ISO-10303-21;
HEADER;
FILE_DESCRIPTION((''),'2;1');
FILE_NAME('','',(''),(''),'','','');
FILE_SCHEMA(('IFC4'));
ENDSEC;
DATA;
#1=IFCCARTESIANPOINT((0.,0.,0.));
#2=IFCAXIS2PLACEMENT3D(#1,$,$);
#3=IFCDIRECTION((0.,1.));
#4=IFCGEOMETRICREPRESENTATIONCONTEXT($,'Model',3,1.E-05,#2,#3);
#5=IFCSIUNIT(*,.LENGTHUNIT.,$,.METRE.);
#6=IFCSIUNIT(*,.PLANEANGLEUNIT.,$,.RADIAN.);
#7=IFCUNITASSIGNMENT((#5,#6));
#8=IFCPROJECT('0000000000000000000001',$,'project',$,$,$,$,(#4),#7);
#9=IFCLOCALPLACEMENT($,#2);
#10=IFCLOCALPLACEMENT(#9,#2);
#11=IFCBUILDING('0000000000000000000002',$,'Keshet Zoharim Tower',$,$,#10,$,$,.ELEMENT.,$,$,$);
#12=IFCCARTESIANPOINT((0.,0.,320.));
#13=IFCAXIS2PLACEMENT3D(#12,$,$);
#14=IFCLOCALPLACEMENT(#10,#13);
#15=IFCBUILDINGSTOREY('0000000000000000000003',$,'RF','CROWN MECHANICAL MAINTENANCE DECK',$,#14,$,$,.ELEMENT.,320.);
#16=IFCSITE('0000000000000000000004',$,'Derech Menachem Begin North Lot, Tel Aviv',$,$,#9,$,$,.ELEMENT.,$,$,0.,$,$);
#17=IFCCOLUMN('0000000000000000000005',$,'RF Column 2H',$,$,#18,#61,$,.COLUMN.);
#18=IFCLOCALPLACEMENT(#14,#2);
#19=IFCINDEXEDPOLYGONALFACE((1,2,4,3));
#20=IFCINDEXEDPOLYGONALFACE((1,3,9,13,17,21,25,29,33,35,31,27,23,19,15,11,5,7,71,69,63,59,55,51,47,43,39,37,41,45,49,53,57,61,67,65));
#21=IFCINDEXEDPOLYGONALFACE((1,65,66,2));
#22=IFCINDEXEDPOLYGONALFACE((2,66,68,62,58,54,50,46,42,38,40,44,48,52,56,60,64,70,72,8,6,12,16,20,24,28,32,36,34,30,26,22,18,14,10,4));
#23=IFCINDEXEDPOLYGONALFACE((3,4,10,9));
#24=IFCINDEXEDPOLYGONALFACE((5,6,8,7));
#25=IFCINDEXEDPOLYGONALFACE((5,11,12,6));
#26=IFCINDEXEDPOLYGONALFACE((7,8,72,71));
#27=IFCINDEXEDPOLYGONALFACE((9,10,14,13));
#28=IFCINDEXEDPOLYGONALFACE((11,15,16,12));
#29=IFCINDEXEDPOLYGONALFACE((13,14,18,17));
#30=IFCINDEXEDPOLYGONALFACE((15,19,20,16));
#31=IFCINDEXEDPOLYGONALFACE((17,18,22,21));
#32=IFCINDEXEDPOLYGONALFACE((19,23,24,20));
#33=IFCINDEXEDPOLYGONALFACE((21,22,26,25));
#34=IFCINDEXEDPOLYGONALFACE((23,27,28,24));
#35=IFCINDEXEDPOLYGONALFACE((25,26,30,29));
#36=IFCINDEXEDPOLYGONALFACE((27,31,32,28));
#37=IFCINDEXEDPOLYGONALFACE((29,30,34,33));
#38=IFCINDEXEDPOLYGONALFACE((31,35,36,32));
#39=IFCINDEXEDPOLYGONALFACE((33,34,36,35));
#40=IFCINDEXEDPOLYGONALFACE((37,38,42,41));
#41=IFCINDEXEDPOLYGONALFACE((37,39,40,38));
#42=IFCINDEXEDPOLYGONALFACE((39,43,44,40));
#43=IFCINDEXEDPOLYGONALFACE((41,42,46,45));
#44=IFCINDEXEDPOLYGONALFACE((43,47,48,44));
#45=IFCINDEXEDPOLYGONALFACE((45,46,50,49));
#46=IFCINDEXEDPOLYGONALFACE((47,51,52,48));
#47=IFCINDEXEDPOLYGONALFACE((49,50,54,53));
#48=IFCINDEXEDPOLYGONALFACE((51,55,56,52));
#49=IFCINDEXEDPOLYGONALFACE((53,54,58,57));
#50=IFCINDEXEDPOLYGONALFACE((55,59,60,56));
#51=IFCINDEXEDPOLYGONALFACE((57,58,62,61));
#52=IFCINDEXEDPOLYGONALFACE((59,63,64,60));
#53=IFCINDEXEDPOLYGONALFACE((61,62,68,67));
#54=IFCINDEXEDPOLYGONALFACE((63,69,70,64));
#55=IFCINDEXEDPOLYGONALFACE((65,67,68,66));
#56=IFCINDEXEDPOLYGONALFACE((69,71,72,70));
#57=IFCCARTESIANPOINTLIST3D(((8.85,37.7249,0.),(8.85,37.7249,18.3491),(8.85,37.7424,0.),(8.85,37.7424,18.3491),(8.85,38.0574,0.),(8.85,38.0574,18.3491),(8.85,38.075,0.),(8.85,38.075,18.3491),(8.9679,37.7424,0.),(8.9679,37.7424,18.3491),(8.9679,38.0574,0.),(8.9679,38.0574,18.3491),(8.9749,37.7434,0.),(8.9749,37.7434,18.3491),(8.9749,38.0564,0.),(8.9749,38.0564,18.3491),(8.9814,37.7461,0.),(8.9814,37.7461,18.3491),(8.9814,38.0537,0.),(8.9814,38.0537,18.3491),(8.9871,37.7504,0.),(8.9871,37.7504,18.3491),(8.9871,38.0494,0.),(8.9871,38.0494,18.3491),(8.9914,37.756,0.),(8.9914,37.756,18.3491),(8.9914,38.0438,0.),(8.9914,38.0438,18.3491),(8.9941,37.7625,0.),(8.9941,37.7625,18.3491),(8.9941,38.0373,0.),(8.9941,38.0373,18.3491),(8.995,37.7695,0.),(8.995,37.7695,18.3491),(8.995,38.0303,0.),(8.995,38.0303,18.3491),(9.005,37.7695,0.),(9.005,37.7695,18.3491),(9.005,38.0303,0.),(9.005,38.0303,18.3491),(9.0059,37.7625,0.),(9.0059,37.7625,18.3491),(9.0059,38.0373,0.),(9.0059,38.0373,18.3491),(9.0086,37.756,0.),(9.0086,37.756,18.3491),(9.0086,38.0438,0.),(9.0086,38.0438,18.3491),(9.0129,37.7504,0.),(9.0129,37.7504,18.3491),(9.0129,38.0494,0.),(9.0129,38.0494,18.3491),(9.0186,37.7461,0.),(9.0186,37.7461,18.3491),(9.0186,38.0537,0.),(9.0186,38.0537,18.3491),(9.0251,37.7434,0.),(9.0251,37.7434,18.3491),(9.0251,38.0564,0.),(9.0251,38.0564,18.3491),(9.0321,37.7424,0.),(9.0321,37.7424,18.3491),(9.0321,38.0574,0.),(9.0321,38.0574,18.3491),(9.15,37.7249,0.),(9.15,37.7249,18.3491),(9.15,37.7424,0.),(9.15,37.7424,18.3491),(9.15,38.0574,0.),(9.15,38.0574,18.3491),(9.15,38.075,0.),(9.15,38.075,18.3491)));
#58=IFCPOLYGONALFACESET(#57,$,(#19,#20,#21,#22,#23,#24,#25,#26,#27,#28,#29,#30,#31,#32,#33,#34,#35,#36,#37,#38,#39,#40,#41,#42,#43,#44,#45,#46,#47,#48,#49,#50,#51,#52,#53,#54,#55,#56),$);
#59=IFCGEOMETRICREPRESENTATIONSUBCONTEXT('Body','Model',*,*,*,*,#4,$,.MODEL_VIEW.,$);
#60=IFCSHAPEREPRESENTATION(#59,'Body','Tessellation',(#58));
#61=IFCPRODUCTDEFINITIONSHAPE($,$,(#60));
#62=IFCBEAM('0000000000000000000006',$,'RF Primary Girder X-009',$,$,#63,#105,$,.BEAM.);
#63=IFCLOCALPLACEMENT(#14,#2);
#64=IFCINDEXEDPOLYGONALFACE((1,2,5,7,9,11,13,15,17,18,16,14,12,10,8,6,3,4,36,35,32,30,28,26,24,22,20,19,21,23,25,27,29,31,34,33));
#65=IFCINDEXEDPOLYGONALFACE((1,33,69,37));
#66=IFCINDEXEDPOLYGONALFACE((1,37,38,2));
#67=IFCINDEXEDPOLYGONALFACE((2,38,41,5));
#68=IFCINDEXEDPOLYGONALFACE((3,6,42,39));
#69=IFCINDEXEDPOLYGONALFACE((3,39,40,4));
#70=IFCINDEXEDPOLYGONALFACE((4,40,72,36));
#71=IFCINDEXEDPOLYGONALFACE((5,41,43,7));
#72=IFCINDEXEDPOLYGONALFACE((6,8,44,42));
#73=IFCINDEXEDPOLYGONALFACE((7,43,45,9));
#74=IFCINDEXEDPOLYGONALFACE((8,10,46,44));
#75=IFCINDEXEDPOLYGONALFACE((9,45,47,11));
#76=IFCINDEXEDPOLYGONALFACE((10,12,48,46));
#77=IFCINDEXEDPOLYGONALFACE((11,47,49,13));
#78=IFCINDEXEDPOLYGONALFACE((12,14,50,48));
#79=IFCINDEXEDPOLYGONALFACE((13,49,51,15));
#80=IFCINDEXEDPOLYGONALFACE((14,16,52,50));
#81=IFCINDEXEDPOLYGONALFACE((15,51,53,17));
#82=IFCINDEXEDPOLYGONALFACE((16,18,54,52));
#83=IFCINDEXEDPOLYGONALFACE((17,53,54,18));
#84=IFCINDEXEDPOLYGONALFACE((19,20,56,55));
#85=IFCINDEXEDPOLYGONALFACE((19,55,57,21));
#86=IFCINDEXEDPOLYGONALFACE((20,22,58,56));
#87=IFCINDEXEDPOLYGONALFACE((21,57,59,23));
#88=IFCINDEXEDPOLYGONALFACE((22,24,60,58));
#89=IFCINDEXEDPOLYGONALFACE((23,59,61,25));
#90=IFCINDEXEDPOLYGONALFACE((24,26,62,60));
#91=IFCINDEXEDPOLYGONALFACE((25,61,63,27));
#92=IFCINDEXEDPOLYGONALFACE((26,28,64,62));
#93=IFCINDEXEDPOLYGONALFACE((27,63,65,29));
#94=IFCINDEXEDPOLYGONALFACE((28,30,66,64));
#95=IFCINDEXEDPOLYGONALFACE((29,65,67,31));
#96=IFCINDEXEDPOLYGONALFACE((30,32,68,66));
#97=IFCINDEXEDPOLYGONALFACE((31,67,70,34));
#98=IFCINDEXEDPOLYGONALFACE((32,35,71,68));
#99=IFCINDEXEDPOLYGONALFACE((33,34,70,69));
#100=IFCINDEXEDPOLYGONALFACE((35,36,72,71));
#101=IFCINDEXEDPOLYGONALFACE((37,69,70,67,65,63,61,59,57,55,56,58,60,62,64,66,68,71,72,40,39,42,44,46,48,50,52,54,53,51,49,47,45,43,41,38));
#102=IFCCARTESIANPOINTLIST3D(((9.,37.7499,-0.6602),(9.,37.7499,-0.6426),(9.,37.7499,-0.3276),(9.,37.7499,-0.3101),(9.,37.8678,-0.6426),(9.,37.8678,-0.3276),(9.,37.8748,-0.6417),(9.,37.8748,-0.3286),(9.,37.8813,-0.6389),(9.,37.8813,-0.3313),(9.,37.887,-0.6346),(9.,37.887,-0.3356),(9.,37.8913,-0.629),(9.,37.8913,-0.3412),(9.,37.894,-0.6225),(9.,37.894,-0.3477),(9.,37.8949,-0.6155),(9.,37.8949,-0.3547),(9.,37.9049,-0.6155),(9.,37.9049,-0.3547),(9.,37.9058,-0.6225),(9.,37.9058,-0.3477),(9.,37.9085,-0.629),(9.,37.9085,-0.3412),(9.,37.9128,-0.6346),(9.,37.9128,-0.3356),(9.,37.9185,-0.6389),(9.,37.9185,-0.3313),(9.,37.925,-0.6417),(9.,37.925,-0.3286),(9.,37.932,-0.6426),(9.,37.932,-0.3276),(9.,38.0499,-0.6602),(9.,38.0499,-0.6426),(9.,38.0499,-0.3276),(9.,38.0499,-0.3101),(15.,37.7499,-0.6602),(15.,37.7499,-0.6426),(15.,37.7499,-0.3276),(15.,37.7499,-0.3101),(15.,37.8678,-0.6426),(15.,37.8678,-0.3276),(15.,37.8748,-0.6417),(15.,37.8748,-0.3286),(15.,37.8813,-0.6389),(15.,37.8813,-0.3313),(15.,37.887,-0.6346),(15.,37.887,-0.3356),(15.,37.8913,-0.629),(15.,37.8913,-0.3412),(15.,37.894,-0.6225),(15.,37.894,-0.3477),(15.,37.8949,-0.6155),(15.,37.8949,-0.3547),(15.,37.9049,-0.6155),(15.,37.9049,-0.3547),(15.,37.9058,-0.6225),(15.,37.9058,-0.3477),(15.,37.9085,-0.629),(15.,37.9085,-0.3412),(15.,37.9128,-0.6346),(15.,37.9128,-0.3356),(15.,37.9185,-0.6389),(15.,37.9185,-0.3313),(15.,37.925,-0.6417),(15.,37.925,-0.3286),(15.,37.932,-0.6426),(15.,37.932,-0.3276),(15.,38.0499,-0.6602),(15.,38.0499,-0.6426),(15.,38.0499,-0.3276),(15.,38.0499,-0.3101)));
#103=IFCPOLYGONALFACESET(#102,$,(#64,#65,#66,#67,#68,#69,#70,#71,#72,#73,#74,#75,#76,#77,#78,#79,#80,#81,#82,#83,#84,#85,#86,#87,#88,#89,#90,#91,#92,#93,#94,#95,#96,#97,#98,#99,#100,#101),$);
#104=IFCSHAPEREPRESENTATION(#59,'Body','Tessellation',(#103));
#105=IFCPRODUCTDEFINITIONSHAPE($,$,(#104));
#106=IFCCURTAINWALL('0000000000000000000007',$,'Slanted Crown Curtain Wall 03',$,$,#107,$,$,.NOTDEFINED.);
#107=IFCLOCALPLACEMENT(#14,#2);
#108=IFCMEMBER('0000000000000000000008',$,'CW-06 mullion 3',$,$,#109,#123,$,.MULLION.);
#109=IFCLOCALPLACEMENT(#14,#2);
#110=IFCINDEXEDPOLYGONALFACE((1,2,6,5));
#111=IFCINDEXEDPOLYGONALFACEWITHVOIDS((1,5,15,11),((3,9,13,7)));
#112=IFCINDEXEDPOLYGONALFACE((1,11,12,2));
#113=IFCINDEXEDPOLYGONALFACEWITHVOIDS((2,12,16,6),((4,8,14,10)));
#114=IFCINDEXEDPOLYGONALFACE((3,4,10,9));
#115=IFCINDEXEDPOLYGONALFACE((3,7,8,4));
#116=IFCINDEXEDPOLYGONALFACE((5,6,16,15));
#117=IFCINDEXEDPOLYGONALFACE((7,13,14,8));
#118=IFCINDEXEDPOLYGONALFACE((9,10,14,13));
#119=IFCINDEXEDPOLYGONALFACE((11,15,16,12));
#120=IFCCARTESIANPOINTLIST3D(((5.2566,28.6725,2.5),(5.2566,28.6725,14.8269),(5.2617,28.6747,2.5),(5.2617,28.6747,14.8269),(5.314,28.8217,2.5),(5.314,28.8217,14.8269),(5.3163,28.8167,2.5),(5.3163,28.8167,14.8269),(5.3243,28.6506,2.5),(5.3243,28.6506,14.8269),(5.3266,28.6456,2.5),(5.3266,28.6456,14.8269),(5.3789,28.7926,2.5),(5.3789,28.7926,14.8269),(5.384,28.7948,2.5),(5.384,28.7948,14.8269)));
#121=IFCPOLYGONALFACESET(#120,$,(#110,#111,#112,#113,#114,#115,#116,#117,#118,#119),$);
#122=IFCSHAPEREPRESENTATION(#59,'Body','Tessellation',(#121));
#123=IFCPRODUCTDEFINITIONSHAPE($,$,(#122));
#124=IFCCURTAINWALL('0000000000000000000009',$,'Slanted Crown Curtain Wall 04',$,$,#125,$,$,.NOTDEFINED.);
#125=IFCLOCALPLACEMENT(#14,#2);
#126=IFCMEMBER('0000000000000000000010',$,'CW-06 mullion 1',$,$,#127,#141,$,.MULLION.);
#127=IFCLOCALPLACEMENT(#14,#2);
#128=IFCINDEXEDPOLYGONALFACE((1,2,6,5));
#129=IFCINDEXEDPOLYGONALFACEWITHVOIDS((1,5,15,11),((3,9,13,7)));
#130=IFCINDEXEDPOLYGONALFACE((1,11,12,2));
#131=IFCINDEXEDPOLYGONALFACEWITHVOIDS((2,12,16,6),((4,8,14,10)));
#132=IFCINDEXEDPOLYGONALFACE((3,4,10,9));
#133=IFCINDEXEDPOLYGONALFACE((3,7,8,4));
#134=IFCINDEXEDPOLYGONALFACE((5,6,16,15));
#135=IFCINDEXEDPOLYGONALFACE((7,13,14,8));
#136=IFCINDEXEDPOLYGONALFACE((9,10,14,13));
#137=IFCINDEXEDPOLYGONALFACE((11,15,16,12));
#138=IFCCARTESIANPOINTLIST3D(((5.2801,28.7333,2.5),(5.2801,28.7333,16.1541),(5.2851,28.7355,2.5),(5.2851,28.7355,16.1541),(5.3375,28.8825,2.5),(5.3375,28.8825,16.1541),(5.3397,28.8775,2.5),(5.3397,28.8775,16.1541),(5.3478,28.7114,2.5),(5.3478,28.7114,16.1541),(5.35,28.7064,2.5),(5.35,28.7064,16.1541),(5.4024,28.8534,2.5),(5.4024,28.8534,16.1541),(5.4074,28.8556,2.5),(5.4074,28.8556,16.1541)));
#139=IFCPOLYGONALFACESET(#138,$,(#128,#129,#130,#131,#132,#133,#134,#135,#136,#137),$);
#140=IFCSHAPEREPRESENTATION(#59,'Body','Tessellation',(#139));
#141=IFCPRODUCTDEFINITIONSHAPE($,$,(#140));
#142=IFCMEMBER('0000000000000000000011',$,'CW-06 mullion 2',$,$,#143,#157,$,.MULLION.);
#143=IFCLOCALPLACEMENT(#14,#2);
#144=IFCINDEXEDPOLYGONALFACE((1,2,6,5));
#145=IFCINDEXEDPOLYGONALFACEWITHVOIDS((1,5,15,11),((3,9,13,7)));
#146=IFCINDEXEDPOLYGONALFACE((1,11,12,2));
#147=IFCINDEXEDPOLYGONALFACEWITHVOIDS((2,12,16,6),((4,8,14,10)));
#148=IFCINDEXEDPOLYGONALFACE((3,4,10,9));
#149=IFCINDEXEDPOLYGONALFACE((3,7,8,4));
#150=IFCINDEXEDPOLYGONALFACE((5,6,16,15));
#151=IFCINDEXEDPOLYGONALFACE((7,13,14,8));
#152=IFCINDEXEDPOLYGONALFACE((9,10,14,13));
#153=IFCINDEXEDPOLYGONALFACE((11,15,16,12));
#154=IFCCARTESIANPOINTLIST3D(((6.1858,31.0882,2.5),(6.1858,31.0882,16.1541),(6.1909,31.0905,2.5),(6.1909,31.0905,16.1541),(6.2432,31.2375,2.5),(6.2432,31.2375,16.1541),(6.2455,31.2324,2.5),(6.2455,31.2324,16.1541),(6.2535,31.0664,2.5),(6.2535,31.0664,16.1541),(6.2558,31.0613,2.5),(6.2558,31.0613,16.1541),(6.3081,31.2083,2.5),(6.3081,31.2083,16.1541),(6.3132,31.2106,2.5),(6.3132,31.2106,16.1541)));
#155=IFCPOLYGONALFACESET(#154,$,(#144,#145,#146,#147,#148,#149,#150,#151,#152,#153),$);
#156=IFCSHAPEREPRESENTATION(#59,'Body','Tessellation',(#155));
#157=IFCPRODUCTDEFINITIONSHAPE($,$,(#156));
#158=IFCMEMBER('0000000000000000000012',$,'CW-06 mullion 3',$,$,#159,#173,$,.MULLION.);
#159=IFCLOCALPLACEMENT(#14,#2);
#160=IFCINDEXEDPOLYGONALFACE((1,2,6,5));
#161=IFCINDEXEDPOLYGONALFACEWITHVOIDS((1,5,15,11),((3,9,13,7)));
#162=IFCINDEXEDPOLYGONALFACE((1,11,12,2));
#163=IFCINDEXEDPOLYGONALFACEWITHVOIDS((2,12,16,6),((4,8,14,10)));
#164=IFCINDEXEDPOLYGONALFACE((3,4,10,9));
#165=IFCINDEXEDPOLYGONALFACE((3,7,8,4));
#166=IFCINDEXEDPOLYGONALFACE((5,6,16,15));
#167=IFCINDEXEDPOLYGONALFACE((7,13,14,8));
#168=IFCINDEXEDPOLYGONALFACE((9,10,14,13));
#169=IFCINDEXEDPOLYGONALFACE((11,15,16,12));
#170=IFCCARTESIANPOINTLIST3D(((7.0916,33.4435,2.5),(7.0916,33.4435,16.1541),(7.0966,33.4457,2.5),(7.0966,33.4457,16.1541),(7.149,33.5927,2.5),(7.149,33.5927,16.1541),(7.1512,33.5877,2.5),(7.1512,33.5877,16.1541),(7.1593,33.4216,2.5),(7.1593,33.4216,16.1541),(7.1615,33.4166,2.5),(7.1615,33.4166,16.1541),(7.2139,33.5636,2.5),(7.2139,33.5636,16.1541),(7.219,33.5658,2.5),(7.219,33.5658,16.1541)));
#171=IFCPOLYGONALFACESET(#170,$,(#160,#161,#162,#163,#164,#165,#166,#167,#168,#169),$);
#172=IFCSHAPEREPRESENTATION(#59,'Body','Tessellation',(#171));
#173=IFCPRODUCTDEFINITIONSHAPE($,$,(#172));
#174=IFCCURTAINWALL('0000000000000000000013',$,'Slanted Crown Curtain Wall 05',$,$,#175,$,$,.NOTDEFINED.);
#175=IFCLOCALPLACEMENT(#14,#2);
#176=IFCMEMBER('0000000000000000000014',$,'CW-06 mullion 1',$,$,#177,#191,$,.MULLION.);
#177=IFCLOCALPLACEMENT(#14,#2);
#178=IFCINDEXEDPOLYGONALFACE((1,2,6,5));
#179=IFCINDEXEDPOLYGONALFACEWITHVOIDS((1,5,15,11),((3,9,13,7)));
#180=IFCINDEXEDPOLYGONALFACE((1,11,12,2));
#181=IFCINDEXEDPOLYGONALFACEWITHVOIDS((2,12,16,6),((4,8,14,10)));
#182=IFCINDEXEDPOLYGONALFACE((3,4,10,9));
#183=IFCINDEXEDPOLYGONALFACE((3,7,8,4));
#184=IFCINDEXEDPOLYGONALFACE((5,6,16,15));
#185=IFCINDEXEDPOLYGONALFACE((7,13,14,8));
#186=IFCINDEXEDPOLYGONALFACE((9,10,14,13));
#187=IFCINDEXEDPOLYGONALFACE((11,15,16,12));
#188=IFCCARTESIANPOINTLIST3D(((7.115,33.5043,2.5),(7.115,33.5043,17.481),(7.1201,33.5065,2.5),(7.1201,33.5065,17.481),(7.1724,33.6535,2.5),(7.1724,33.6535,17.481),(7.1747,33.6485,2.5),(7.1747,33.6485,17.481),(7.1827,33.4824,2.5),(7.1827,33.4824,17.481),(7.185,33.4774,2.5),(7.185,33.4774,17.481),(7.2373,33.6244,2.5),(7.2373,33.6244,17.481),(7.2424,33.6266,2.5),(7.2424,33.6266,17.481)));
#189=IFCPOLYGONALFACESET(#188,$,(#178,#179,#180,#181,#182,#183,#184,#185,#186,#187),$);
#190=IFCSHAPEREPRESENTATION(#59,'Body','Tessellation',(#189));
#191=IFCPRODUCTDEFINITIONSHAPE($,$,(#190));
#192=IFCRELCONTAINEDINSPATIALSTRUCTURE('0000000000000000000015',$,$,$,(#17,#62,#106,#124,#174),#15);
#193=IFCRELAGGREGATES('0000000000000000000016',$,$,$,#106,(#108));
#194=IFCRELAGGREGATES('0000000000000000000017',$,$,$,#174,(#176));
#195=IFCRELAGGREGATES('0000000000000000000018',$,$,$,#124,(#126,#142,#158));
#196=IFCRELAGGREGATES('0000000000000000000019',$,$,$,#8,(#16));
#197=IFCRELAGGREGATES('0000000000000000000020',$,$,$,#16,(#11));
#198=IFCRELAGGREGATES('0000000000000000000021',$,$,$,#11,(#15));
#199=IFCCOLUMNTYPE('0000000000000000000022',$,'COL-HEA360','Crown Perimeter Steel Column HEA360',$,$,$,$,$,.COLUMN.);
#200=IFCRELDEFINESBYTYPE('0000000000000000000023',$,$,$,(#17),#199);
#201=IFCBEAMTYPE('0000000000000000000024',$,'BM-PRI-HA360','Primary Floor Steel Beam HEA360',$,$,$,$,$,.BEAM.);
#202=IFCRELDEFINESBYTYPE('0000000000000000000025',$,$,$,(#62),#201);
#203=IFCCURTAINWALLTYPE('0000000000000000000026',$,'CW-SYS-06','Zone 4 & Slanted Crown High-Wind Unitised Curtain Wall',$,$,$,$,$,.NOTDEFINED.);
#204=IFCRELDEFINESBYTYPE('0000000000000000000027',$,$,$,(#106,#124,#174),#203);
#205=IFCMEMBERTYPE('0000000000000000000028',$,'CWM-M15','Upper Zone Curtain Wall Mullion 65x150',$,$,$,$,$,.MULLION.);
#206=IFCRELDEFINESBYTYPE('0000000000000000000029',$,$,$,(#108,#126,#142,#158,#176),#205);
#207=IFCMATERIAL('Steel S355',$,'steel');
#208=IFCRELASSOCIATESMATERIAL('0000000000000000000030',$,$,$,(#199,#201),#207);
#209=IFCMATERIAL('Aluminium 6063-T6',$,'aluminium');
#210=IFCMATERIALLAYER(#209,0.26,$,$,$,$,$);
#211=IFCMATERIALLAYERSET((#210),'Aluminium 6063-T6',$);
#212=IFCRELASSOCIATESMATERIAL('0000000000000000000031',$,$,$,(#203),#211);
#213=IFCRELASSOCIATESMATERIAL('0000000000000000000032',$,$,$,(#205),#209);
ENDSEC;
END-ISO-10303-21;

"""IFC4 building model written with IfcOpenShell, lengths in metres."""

from ifc_helpers import new_model, si_unit, direction, frame, origin, origin_2d, place, context, subcontext, project, spatial, hollow_rectangle, i_section, extrude, material, layer, layer_set, material_profile, profile_set, type_object, element, aggregate, save


model = new_model("IFC4")

# Units and contexts
model_context = context("Model", 3, precision=1e-05, world=origin(), true_north=direction((0.0, 1.0)))
body_context = subcontext(model_context, "Body", "Model", "MODEL_VIEW")
ifc_project = project(units=[si_unit("LENGTHUNIT", "METRE"), si_unit("PLANEANGLEUNIT", "RADIAN")], contexts=[model_context])

# Site, building, storey
site_placement = place(None, origin())
site = spatial("IfcSite", under=ifc_project, at=site_placement, Name="Derech Menachem Begin North Lot, Tel Aviv", CompositionType="ELEMENT", RefElevation=0.0)
building_placement = place(site_placement, origin())
building = spatial("IfcBuilding", under=site, at=building_placement, Name="Keshet Zoharim Tower", CompositionType="ELEMENT")
storey_placement = place(building_placement, frame((0.0, 0.0, 320.0)))
storey = spatial("IfcBuildingStorey", under=building, at=storey_placement, Name="RF", Description="CROWN MECHANICAL MAINTENANCE DECK", CompositionType="ELEMENT", Elevation=320.0)

# Column
ifc_material_1 = material(Name="Steel S355", Category="steel")
ifc_material_profile_1 = material_profile(ifc_material_1, i_section(OverallWidth=0.3, OverallDepth=0.3501, WebThickness=0.01, FlangeThickness=0.0176, FilletRadius=0.0271, at=origin_2d()), Name="HEA360")
ifc_profile_set_1 = profile_set([ifc_material_profile_1], Name="Steel S355")
column_type = type_object("IfcColumnType", Name="COL-HEA360", Description="Crown Perimeter Steel Column HEA360", PredefinedType="COLUMN", material=ifc_profile_set_1)
column_placement = place(storey_placement, frame((9.0, 37.8999, 0.0), z_axis=(0.0, 0.0, 1.0), x_axis=(1.0, 0.0, 0.0)))
element("IfcColumn", 1, at=column_placement, inside=storey, type_object=column_type, Name="RF Column 2H", PredefinedType="COLUMN", context=body_context, shape_type="SweptSolid", body=[
    extrude(i_section(OverallWidth=0.3, OverallDepth=0.3501, WebThickness=0.01, FlangeThickness=0.0176, FilletRadius=0.0271, at=origin_2d()), origin(), (0.0, 0.0, 1.0), 18.3491),
])

# Beam
ifc_material_profile_2 = material_profile(ifc_material_1, i_section(OverallWidth=0.3, OverallDepth=0.3501, WebThickness=0.01, FlangeThickness=0.0176, FilletRadius=0.0271, at=origin_2d()), Name="HEA360")
ifc_profile_set_2 = profile_set([ifc_material_profile_2], Name="Steel S355")
beam_type = type_object("IfcBeamType", Name="BM-PRI-HA360", Description="Primary Floor Steel Beam HEA360", PredefinedType="BEAM", material=ifc_profile_set_2)
beam_placement = place(storey_placement, frame((9.0, 37.8999, -0.4851), z_axis=(1.0, 0.0, 0.0), x_axis=(0.0, 1.0, 0.0)))
element("IfcBeam", 2, at=beam_placement, inside=storey, type_object=beam_type, Name="RF Primary Girder X-009", PredefinedType="BEAM", context=body_context, shape_type="SweptSolid", body=[
    extrude(i_section(OverallWidth=0.3, OverallDepth=0.3501, WebThickness=0.01, FlangeThickness=0.0176, FilletRadius=0.0271, at=origin_2d()), origin(), (0.0, 0.0, 1.0), 6.0),
])

# Curtain wall, member
ifc_material_2 = material(Name="Aluminium 6063-T6", Category="aluminium")
ifc_layer_1 = layer(ifc_material_2, 0.26)
ifc_layer_set_1 = layer_set([ifc_layer_1], Name="Aluminium 6063-T6")
curtain_wall_type = type_object("IfcCurtainWallType", Name="CW-SYS-06", Description="Zone 4 & Slanted Crown High-Wind Unitised Curtain Wall", PredefinedType="NOTDEFINED", material=ifc_layer_set_1)
curtain_wall_1_placement = place(storey_placement, origin())
curtain_wall_1 = element("IfcCurtainWall", 3, at=curtain_wall_1_placement, inside=storey, type_object=curtain_wall_type, Name="Slanted Crown Curtain Wall 03", PredefinedType="NOTDEFINED")
ifc_material_profile_3 = material_profile(ifc_material_2, hollow_rectangle(XDim=0.075, YDim=0.1599, WallThickness=0.0039, at=origin_2d()), Name="MUL-75x160")
ifc_profile_set_3 = profile_set([ifc_material_profile_3], Name="Aluminium 6063-T6")
member_type_1 = type_object("IfcMemberType", Name="CWM-M15", Description="Upper Zone Curtain Wall Mullion 65x150", PredefinedType="MULLION", material=ifc_profile_set_3)
member_1_placement = place(storey_placement, frame((5.3203, 28.7336, 2.5), z_axis=(0.0, 0.0, 1.0), x_axis=(-0.933346, 0.358979, 0.0)))
member_1 = element("IfcMember", 4, at=member_1_placement, type_object=member_type_1, Name="CW-06 mullion 3", PredefinedType="MULLION", context=body_context, shape_type="SweptSolid", body=[
    extrude(hollow_rectangle(XDim=0.075, YDim=0.1599, WallThickness=0.0039, at=origin_2d()), origin(), (0.0, 0.0, 1.0), 12.3269),
])
aggregate(curtain_wall_1, [member_1])

# Curtain walls, members
curtain_wall_2_placement = place(storey_placement, origin())
curtain_wall_2 = element("IfcCurtainWall", 5, at=curtain_wall_2_placement, inside=storey, type_object=curtain_wall_type, Name="Slanted Crown Curtain Wall 04", PredefinedType="NOTDEFINED")
member_2_placement = place(storey_placement, frame((5.3438, 28.7944, 2.5), z_axis=(0.0, 0.0, 1.0), x_axis=(-0.933346, 0.358979, 0.0)))
member_2 = element("IfcMember", 6, at=member_2_placement, type_object=member_type_1, Name="CW-06 mullion 1", PredefinedType="MULLION", context=body_context, shape_type="SweptSolid", body=[
    extrude(hollow_rectangle(XDim=0.075, YDim=0.1599, WallThickness=0.0039, at=origin_2d()), origin(), (0.0, 0.0, 1.0), 13.6541),
])
member_3_placement = place(storey_placement, frame((6.2495, 31.1494, 2.5), z_axis=(0.0, 0.0, 1.0), x_axis=(-0.933346, 0.358979, 0.0)))
member_3 = element("IfcMember", 7, at=member_3_placement, type_object=member_type_1, Name="CW-06 mullion 2", PredefinedType="MULLION", context=body_context, shape_type="SweptSolid", body=[
    extrude(hollow_rectangle(XDim=0.075, YDim=0.1599, WallThickness=0.0039, at=origin_2d()), origin(), (0.0, 0.0, 1.0), 13.6541),
])
member_4_placement = place(storey_placement, frame((7.1553, 33.5046, 2.5), z_axis=(0.0, 0.0, 1.0), x_axis=(-0.933346, 0.358979, 0.0)))
member_4 = element("IfcMember", 8, at=member_4_placement, type_object=member_type_1, Name="CW-06 mullion 3", PredefinedType="MULLION", context=body_context, shape_type="SweptSolid", body=[
    extrude(hollow_rectangle(XDim=0.075, YDim=0.1599, WallThickness=0.0039, at=origin_2d()), origin(), (0.0, 0.0, 1.0), 13.6541),
])
curtain_wall_3_placement = place(storey_placement, origin())
curtain_wall_3 = element("IfcCurtainWall", 9, at=curtain_wall_3_placement, inside=storey, type_object=curtain_wall_type, Name="Slanted Crown Curtain Wall 05", PredefinedType="NOTDEFINED")
member_5_placement = place(storey_placement, frame((7.1787, 33.5654, 2.5), z_axis=(0.0, 0.0, 1.0), x_axis=(-0.933346, 0.358979, 0.0)))
member_5 = element("IfcMember", 10, at=member_5_placement, type_object=member_type_1, Name="CW-06 mullion 1", PredefinedType="MULLION", context=body_context, shape_type="SweptSolid", body=[
    extrude(hollow_rectangle(XDim=0.075, YDim=0.1599, WallThickness=0.0039, at=origin_2d()), origin(), (0.0, 0.0, 1.0), 14.981),
])
aggregate(curtain_wall_3, [member_5])

aggregate(curtain_wall_2, [member_2, member_3, member_4])

save(model, "model.ifc")
